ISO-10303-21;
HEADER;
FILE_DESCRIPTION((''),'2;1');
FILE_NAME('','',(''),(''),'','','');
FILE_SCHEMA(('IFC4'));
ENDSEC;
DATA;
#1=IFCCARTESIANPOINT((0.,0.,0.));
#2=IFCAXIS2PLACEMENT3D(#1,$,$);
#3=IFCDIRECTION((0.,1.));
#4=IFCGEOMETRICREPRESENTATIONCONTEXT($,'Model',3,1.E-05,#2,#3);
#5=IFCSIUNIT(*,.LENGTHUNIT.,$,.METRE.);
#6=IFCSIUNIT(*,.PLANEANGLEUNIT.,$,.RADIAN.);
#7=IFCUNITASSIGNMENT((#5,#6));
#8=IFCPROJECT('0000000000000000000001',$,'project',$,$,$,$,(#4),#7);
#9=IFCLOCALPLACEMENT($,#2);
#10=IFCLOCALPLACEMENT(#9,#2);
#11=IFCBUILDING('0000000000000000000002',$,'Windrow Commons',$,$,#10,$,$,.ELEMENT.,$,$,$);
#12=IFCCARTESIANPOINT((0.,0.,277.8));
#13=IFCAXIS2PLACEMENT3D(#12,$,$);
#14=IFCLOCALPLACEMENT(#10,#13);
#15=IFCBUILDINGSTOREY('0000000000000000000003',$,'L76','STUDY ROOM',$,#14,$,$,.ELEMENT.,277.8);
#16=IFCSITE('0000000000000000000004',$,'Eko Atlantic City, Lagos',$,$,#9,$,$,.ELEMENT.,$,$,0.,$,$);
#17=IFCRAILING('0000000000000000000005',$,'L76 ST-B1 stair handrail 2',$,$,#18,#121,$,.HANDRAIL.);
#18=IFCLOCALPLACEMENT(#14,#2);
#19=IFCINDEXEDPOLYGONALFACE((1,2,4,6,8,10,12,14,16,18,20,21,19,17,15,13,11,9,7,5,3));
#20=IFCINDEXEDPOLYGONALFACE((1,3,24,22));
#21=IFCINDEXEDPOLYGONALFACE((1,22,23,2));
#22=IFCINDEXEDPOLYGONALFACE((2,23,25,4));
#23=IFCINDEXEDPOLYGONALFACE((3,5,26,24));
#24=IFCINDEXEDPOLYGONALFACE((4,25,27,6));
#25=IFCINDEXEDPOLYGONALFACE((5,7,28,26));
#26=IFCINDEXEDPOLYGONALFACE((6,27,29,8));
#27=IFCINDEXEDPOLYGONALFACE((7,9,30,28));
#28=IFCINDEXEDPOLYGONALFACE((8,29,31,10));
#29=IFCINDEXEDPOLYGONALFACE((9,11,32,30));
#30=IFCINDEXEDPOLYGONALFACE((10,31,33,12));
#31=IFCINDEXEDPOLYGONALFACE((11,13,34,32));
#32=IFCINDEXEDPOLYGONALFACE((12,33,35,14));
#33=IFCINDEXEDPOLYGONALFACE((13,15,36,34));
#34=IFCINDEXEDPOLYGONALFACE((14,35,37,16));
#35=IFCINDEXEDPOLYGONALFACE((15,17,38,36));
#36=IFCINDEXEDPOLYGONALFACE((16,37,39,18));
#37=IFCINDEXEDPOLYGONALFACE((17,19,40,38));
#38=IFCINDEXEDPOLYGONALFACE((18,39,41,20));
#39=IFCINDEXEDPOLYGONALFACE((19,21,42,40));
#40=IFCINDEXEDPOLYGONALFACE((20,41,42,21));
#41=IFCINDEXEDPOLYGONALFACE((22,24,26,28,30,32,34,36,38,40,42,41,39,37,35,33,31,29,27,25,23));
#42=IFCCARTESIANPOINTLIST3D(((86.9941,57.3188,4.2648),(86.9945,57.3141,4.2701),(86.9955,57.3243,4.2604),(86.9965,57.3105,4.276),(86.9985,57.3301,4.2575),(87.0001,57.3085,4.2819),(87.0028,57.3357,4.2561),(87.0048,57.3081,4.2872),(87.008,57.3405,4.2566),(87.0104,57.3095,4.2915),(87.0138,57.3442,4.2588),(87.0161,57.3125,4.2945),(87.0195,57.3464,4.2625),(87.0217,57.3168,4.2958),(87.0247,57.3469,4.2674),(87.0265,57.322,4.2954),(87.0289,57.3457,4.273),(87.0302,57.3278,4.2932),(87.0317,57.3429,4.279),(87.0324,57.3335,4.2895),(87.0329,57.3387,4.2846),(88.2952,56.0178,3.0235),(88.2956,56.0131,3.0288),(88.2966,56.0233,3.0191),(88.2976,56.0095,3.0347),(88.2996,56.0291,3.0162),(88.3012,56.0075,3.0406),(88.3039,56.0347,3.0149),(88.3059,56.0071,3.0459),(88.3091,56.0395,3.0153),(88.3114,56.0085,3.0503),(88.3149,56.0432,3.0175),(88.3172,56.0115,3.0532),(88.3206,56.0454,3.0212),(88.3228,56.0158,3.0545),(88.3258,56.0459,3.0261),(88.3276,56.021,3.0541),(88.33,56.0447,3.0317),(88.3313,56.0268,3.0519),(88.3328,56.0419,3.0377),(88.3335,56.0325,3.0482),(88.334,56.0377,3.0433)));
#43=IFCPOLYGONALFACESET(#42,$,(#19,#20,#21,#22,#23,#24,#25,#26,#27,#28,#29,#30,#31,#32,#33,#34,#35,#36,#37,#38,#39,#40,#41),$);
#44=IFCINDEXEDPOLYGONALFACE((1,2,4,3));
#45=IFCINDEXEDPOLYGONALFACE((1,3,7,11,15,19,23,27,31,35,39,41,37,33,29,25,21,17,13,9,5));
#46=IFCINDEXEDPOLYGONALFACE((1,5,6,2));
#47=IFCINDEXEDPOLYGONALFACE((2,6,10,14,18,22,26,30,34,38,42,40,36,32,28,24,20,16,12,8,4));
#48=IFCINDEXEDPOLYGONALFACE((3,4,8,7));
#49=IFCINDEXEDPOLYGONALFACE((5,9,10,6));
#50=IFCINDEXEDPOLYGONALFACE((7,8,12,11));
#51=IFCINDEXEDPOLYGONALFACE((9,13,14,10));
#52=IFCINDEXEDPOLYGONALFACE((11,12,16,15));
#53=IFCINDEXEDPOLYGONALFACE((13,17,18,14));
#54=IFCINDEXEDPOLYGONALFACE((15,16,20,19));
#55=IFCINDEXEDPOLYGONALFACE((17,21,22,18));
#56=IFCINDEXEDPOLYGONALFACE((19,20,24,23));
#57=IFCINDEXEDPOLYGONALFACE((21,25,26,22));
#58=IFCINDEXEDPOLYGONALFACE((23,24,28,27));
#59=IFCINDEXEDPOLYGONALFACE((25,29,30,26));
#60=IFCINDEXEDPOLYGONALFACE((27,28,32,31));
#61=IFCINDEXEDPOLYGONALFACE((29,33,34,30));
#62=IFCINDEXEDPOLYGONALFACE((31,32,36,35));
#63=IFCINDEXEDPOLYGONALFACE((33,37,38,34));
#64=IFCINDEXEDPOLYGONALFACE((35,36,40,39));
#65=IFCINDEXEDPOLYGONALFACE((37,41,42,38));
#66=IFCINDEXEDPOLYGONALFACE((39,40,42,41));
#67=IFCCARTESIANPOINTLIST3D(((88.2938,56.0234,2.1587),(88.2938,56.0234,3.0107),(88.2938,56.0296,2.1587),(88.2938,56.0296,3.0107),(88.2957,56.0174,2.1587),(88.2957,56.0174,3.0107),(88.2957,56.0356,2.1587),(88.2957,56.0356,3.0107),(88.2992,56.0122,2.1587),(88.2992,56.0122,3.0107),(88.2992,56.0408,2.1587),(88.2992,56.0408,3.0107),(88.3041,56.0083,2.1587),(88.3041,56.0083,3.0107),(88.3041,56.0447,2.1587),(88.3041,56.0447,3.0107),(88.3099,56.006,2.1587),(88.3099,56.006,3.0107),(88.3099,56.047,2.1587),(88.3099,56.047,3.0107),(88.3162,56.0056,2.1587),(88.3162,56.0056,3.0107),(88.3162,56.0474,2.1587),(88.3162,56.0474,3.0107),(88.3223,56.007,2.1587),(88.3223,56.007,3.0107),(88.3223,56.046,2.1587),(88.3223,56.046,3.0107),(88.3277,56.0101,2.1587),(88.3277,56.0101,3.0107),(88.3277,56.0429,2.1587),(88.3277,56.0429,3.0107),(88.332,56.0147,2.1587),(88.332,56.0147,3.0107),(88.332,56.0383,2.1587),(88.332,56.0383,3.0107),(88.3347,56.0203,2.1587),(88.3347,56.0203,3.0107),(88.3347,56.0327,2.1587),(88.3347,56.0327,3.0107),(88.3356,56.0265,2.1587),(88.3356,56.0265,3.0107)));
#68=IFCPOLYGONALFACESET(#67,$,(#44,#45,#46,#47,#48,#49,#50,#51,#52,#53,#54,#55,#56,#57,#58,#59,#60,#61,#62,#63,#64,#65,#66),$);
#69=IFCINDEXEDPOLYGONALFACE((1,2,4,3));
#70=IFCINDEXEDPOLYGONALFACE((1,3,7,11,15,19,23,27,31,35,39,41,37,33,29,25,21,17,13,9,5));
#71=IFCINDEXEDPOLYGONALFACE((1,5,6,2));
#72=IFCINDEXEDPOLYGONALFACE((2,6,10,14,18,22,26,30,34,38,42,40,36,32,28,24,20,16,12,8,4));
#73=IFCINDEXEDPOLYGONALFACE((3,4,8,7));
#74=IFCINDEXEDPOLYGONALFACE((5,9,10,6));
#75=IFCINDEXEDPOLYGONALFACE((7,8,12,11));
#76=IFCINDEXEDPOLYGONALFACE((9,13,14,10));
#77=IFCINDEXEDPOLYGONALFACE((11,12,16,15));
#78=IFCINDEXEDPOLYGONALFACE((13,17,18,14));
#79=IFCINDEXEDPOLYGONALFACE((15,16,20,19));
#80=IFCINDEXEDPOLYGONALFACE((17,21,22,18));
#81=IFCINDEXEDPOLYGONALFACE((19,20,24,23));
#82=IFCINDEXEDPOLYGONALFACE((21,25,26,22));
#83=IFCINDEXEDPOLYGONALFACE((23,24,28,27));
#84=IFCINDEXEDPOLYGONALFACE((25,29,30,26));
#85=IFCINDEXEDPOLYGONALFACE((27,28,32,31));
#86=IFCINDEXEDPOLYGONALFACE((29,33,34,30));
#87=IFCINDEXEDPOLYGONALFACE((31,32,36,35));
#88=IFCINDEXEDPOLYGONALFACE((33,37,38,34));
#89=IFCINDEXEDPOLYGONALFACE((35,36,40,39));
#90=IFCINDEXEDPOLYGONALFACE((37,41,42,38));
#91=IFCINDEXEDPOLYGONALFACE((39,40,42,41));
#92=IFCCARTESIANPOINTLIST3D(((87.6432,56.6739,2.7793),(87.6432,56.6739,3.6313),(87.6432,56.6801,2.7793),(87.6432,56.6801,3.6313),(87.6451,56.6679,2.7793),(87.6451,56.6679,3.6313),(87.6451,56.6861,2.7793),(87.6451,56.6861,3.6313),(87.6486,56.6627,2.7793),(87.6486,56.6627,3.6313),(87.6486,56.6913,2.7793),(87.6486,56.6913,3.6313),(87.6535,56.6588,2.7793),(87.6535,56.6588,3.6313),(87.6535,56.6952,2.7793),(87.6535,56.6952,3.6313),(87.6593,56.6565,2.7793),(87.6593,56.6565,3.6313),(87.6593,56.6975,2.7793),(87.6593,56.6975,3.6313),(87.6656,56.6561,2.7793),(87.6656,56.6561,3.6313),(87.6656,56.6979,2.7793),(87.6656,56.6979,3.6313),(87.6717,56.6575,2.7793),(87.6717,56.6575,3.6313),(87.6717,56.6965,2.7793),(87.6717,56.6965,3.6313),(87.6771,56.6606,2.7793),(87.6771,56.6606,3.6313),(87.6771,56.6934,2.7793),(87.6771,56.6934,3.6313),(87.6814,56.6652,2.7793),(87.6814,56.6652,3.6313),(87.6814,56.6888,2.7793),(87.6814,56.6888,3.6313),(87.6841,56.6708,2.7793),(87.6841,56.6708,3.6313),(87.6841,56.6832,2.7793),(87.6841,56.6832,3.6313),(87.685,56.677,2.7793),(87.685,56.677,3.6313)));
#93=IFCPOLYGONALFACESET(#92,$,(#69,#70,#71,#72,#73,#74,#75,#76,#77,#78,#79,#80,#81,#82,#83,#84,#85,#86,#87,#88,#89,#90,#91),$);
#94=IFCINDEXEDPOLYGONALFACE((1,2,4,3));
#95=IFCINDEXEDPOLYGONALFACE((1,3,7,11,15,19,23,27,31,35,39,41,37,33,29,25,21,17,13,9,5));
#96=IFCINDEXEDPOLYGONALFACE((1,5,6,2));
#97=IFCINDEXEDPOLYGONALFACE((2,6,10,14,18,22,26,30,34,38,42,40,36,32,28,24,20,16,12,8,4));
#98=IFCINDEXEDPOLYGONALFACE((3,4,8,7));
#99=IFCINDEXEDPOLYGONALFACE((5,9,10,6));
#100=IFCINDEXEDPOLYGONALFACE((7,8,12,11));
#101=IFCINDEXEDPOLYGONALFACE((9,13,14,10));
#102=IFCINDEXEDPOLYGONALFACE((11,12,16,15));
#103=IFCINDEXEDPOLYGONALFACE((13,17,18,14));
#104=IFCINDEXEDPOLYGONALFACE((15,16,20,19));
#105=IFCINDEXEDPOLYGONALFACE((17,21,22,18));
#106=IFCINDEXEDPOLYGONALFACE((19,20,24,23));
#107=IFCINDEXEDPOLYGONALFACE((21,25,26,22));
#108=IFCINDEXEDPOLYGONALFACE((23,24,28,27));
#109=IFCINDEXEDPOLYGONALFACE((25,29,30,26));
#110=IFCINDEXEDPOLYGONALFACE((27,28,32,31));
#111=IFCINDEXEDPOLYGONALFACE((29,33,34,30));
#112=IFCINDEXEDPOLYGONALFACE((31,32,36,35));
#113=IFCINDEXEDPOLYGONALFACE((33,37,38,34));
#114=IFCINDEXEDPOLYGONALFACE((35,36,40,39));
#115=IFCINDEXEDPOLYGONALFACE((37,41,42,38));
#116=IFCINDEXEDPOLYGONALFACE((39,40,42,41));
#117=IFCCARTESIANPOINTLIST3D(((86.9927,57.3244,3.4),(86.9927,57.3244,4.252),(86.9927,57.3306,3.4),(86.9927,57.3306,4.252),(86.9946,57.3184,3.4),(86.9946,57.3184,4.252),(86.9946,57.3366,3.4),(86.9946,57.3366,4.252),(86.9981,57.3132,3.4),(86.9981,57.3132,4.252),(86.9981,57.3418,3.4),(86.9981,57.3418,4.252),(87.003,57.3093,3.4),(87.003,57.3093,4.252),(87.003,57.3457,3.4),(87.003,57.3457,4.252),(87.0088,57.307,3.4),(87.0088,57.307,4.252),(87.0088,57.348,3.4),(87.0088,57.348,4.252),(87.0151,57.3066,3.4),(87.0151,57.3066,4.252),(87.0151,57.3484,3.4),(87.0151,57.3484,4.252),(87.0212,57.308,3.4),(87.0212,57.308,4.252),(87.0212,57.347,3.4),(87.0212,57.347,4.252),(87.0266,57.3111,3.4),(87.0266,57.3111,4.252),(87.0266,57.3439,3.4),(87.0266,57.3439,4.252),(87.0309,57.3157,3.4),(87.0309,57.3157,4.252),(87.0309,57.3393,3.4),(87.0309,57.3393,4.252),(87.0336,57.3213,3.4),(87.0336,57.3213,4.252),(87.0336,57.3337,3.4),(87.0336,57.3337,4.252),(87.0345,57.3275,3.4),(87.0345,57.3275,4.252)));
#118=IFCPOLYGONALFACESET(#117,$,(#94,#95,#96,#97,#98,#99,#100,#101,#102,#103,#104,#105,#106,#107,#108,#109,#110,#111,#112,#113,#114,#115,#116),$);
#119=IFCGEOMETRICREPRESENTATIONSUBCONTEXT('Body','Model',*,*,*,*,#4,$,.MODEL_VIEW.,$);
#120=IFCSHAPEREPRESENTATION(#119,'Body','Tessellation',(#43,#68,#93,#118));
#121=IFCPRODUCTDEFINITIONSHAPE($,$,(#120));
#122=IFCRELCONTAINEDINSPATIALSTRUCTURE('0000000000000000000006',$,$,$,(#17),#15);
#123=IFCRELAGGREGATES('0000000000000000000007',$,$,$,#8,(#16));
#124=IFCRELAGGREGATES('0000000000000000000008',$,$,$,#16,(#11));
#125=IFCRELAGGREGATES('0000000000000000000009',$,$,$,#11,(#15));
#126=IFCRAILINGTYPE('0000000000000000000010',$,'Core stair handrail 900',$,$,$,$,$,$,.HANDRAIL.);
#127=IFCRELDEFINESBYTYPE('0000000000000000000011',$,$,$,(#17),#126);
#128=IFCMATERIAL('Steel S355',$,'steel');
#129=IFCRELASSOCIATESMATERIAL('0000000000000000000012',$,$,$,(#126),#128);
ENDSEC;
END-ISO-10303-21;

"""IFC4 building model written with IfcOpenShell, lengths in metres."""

from ifc_helpers import new_model, si_unit, direction, frame, origin, origin_2d, place, context, subcontext, project, spatial, circle, extrude, material, type_object, element, save


model = new_model("IFC4")

# Units and contexts
model_context = context("Model", 3, precision=1e-05, world=origin(), true_north=direction((0.0, 1.0)))
body_context = subcontext(model_context, "Body", "Model", "MODEL_VIEW")
ifc_project = project(units=[si_unit("LENGTHUNIT", "METRE"), si_unit("PLANEANGLEUNIT", "RADIAN")], contexts=[model_context])

# Site, building, storey
site_placement = place(None, origin())
site = spatial("IfcSite", under=ifc_project, at=site_placement, Name="Eko Atlantic City, Lagos", CompositionType="ELEMENT", RefElevation=0.0)
building_placement = place(site_placement, origin())
building = spatial("IfcBuilding", under=site, at=building_placement, Name="Windrow Commons", CompositionType="ELEMENT")
storey_placement = place(building_placement, frame((0.0, 0.0, 277.8)))
storey = spatial("IfcBuildingStorey", under=building, at=storey_placement, Name="L76", Description="STUDY ROOM", CompositionType="ELEMENT", Elevation=277.8)

# Railing
ifc_material_1 = material(Name="Steel S355", Category="steel")
railing_type_1 = type_object("IfcRailingType", Name="Core stair handrail 900", PredefinedType="HANDRAIL", material=ifc_material_1)
railing_1_placement = place(storey_placement, frame((88.3146, 56.0265, 2.1587)))
element("IfcRailing", 1, at=railing_1_placement, inside=storey, type_object=railing_type_1, Name="L76 ST-B1 stair handrail 2", PredefinedType="HANDRAIL", context=body_context, shape_type="SweptSolid", body=[
    extrude(circle(Radius=0.024, at=origin_2d()), frame((0.0, 0.0, 0.876), z_axis=(-0.586207, 0.586162, 0.559264), x_axis=(-0.70708, -0.707134, 0.0)), (0.0, 0.0, 1.0), 2.2195),
    extrude(circle(Radius=0.021, at=origin_2d()), origin(), (0.0, 0.0, 1.0), 0.852),
    extrude(circle(Radius=0.021, at=origin_2d()), frame((-0.6506, 0.6505, 0.6206)), (0.0, 0.0, 1.0), 0.852),
    extrude(circle(Radius=0.021, at=origin_2d()), frame((-1.3011, 1.301, 1.2413)), (0.0, 0.0, 1.0), 0.852),
])

save(model, "model.ifc")
